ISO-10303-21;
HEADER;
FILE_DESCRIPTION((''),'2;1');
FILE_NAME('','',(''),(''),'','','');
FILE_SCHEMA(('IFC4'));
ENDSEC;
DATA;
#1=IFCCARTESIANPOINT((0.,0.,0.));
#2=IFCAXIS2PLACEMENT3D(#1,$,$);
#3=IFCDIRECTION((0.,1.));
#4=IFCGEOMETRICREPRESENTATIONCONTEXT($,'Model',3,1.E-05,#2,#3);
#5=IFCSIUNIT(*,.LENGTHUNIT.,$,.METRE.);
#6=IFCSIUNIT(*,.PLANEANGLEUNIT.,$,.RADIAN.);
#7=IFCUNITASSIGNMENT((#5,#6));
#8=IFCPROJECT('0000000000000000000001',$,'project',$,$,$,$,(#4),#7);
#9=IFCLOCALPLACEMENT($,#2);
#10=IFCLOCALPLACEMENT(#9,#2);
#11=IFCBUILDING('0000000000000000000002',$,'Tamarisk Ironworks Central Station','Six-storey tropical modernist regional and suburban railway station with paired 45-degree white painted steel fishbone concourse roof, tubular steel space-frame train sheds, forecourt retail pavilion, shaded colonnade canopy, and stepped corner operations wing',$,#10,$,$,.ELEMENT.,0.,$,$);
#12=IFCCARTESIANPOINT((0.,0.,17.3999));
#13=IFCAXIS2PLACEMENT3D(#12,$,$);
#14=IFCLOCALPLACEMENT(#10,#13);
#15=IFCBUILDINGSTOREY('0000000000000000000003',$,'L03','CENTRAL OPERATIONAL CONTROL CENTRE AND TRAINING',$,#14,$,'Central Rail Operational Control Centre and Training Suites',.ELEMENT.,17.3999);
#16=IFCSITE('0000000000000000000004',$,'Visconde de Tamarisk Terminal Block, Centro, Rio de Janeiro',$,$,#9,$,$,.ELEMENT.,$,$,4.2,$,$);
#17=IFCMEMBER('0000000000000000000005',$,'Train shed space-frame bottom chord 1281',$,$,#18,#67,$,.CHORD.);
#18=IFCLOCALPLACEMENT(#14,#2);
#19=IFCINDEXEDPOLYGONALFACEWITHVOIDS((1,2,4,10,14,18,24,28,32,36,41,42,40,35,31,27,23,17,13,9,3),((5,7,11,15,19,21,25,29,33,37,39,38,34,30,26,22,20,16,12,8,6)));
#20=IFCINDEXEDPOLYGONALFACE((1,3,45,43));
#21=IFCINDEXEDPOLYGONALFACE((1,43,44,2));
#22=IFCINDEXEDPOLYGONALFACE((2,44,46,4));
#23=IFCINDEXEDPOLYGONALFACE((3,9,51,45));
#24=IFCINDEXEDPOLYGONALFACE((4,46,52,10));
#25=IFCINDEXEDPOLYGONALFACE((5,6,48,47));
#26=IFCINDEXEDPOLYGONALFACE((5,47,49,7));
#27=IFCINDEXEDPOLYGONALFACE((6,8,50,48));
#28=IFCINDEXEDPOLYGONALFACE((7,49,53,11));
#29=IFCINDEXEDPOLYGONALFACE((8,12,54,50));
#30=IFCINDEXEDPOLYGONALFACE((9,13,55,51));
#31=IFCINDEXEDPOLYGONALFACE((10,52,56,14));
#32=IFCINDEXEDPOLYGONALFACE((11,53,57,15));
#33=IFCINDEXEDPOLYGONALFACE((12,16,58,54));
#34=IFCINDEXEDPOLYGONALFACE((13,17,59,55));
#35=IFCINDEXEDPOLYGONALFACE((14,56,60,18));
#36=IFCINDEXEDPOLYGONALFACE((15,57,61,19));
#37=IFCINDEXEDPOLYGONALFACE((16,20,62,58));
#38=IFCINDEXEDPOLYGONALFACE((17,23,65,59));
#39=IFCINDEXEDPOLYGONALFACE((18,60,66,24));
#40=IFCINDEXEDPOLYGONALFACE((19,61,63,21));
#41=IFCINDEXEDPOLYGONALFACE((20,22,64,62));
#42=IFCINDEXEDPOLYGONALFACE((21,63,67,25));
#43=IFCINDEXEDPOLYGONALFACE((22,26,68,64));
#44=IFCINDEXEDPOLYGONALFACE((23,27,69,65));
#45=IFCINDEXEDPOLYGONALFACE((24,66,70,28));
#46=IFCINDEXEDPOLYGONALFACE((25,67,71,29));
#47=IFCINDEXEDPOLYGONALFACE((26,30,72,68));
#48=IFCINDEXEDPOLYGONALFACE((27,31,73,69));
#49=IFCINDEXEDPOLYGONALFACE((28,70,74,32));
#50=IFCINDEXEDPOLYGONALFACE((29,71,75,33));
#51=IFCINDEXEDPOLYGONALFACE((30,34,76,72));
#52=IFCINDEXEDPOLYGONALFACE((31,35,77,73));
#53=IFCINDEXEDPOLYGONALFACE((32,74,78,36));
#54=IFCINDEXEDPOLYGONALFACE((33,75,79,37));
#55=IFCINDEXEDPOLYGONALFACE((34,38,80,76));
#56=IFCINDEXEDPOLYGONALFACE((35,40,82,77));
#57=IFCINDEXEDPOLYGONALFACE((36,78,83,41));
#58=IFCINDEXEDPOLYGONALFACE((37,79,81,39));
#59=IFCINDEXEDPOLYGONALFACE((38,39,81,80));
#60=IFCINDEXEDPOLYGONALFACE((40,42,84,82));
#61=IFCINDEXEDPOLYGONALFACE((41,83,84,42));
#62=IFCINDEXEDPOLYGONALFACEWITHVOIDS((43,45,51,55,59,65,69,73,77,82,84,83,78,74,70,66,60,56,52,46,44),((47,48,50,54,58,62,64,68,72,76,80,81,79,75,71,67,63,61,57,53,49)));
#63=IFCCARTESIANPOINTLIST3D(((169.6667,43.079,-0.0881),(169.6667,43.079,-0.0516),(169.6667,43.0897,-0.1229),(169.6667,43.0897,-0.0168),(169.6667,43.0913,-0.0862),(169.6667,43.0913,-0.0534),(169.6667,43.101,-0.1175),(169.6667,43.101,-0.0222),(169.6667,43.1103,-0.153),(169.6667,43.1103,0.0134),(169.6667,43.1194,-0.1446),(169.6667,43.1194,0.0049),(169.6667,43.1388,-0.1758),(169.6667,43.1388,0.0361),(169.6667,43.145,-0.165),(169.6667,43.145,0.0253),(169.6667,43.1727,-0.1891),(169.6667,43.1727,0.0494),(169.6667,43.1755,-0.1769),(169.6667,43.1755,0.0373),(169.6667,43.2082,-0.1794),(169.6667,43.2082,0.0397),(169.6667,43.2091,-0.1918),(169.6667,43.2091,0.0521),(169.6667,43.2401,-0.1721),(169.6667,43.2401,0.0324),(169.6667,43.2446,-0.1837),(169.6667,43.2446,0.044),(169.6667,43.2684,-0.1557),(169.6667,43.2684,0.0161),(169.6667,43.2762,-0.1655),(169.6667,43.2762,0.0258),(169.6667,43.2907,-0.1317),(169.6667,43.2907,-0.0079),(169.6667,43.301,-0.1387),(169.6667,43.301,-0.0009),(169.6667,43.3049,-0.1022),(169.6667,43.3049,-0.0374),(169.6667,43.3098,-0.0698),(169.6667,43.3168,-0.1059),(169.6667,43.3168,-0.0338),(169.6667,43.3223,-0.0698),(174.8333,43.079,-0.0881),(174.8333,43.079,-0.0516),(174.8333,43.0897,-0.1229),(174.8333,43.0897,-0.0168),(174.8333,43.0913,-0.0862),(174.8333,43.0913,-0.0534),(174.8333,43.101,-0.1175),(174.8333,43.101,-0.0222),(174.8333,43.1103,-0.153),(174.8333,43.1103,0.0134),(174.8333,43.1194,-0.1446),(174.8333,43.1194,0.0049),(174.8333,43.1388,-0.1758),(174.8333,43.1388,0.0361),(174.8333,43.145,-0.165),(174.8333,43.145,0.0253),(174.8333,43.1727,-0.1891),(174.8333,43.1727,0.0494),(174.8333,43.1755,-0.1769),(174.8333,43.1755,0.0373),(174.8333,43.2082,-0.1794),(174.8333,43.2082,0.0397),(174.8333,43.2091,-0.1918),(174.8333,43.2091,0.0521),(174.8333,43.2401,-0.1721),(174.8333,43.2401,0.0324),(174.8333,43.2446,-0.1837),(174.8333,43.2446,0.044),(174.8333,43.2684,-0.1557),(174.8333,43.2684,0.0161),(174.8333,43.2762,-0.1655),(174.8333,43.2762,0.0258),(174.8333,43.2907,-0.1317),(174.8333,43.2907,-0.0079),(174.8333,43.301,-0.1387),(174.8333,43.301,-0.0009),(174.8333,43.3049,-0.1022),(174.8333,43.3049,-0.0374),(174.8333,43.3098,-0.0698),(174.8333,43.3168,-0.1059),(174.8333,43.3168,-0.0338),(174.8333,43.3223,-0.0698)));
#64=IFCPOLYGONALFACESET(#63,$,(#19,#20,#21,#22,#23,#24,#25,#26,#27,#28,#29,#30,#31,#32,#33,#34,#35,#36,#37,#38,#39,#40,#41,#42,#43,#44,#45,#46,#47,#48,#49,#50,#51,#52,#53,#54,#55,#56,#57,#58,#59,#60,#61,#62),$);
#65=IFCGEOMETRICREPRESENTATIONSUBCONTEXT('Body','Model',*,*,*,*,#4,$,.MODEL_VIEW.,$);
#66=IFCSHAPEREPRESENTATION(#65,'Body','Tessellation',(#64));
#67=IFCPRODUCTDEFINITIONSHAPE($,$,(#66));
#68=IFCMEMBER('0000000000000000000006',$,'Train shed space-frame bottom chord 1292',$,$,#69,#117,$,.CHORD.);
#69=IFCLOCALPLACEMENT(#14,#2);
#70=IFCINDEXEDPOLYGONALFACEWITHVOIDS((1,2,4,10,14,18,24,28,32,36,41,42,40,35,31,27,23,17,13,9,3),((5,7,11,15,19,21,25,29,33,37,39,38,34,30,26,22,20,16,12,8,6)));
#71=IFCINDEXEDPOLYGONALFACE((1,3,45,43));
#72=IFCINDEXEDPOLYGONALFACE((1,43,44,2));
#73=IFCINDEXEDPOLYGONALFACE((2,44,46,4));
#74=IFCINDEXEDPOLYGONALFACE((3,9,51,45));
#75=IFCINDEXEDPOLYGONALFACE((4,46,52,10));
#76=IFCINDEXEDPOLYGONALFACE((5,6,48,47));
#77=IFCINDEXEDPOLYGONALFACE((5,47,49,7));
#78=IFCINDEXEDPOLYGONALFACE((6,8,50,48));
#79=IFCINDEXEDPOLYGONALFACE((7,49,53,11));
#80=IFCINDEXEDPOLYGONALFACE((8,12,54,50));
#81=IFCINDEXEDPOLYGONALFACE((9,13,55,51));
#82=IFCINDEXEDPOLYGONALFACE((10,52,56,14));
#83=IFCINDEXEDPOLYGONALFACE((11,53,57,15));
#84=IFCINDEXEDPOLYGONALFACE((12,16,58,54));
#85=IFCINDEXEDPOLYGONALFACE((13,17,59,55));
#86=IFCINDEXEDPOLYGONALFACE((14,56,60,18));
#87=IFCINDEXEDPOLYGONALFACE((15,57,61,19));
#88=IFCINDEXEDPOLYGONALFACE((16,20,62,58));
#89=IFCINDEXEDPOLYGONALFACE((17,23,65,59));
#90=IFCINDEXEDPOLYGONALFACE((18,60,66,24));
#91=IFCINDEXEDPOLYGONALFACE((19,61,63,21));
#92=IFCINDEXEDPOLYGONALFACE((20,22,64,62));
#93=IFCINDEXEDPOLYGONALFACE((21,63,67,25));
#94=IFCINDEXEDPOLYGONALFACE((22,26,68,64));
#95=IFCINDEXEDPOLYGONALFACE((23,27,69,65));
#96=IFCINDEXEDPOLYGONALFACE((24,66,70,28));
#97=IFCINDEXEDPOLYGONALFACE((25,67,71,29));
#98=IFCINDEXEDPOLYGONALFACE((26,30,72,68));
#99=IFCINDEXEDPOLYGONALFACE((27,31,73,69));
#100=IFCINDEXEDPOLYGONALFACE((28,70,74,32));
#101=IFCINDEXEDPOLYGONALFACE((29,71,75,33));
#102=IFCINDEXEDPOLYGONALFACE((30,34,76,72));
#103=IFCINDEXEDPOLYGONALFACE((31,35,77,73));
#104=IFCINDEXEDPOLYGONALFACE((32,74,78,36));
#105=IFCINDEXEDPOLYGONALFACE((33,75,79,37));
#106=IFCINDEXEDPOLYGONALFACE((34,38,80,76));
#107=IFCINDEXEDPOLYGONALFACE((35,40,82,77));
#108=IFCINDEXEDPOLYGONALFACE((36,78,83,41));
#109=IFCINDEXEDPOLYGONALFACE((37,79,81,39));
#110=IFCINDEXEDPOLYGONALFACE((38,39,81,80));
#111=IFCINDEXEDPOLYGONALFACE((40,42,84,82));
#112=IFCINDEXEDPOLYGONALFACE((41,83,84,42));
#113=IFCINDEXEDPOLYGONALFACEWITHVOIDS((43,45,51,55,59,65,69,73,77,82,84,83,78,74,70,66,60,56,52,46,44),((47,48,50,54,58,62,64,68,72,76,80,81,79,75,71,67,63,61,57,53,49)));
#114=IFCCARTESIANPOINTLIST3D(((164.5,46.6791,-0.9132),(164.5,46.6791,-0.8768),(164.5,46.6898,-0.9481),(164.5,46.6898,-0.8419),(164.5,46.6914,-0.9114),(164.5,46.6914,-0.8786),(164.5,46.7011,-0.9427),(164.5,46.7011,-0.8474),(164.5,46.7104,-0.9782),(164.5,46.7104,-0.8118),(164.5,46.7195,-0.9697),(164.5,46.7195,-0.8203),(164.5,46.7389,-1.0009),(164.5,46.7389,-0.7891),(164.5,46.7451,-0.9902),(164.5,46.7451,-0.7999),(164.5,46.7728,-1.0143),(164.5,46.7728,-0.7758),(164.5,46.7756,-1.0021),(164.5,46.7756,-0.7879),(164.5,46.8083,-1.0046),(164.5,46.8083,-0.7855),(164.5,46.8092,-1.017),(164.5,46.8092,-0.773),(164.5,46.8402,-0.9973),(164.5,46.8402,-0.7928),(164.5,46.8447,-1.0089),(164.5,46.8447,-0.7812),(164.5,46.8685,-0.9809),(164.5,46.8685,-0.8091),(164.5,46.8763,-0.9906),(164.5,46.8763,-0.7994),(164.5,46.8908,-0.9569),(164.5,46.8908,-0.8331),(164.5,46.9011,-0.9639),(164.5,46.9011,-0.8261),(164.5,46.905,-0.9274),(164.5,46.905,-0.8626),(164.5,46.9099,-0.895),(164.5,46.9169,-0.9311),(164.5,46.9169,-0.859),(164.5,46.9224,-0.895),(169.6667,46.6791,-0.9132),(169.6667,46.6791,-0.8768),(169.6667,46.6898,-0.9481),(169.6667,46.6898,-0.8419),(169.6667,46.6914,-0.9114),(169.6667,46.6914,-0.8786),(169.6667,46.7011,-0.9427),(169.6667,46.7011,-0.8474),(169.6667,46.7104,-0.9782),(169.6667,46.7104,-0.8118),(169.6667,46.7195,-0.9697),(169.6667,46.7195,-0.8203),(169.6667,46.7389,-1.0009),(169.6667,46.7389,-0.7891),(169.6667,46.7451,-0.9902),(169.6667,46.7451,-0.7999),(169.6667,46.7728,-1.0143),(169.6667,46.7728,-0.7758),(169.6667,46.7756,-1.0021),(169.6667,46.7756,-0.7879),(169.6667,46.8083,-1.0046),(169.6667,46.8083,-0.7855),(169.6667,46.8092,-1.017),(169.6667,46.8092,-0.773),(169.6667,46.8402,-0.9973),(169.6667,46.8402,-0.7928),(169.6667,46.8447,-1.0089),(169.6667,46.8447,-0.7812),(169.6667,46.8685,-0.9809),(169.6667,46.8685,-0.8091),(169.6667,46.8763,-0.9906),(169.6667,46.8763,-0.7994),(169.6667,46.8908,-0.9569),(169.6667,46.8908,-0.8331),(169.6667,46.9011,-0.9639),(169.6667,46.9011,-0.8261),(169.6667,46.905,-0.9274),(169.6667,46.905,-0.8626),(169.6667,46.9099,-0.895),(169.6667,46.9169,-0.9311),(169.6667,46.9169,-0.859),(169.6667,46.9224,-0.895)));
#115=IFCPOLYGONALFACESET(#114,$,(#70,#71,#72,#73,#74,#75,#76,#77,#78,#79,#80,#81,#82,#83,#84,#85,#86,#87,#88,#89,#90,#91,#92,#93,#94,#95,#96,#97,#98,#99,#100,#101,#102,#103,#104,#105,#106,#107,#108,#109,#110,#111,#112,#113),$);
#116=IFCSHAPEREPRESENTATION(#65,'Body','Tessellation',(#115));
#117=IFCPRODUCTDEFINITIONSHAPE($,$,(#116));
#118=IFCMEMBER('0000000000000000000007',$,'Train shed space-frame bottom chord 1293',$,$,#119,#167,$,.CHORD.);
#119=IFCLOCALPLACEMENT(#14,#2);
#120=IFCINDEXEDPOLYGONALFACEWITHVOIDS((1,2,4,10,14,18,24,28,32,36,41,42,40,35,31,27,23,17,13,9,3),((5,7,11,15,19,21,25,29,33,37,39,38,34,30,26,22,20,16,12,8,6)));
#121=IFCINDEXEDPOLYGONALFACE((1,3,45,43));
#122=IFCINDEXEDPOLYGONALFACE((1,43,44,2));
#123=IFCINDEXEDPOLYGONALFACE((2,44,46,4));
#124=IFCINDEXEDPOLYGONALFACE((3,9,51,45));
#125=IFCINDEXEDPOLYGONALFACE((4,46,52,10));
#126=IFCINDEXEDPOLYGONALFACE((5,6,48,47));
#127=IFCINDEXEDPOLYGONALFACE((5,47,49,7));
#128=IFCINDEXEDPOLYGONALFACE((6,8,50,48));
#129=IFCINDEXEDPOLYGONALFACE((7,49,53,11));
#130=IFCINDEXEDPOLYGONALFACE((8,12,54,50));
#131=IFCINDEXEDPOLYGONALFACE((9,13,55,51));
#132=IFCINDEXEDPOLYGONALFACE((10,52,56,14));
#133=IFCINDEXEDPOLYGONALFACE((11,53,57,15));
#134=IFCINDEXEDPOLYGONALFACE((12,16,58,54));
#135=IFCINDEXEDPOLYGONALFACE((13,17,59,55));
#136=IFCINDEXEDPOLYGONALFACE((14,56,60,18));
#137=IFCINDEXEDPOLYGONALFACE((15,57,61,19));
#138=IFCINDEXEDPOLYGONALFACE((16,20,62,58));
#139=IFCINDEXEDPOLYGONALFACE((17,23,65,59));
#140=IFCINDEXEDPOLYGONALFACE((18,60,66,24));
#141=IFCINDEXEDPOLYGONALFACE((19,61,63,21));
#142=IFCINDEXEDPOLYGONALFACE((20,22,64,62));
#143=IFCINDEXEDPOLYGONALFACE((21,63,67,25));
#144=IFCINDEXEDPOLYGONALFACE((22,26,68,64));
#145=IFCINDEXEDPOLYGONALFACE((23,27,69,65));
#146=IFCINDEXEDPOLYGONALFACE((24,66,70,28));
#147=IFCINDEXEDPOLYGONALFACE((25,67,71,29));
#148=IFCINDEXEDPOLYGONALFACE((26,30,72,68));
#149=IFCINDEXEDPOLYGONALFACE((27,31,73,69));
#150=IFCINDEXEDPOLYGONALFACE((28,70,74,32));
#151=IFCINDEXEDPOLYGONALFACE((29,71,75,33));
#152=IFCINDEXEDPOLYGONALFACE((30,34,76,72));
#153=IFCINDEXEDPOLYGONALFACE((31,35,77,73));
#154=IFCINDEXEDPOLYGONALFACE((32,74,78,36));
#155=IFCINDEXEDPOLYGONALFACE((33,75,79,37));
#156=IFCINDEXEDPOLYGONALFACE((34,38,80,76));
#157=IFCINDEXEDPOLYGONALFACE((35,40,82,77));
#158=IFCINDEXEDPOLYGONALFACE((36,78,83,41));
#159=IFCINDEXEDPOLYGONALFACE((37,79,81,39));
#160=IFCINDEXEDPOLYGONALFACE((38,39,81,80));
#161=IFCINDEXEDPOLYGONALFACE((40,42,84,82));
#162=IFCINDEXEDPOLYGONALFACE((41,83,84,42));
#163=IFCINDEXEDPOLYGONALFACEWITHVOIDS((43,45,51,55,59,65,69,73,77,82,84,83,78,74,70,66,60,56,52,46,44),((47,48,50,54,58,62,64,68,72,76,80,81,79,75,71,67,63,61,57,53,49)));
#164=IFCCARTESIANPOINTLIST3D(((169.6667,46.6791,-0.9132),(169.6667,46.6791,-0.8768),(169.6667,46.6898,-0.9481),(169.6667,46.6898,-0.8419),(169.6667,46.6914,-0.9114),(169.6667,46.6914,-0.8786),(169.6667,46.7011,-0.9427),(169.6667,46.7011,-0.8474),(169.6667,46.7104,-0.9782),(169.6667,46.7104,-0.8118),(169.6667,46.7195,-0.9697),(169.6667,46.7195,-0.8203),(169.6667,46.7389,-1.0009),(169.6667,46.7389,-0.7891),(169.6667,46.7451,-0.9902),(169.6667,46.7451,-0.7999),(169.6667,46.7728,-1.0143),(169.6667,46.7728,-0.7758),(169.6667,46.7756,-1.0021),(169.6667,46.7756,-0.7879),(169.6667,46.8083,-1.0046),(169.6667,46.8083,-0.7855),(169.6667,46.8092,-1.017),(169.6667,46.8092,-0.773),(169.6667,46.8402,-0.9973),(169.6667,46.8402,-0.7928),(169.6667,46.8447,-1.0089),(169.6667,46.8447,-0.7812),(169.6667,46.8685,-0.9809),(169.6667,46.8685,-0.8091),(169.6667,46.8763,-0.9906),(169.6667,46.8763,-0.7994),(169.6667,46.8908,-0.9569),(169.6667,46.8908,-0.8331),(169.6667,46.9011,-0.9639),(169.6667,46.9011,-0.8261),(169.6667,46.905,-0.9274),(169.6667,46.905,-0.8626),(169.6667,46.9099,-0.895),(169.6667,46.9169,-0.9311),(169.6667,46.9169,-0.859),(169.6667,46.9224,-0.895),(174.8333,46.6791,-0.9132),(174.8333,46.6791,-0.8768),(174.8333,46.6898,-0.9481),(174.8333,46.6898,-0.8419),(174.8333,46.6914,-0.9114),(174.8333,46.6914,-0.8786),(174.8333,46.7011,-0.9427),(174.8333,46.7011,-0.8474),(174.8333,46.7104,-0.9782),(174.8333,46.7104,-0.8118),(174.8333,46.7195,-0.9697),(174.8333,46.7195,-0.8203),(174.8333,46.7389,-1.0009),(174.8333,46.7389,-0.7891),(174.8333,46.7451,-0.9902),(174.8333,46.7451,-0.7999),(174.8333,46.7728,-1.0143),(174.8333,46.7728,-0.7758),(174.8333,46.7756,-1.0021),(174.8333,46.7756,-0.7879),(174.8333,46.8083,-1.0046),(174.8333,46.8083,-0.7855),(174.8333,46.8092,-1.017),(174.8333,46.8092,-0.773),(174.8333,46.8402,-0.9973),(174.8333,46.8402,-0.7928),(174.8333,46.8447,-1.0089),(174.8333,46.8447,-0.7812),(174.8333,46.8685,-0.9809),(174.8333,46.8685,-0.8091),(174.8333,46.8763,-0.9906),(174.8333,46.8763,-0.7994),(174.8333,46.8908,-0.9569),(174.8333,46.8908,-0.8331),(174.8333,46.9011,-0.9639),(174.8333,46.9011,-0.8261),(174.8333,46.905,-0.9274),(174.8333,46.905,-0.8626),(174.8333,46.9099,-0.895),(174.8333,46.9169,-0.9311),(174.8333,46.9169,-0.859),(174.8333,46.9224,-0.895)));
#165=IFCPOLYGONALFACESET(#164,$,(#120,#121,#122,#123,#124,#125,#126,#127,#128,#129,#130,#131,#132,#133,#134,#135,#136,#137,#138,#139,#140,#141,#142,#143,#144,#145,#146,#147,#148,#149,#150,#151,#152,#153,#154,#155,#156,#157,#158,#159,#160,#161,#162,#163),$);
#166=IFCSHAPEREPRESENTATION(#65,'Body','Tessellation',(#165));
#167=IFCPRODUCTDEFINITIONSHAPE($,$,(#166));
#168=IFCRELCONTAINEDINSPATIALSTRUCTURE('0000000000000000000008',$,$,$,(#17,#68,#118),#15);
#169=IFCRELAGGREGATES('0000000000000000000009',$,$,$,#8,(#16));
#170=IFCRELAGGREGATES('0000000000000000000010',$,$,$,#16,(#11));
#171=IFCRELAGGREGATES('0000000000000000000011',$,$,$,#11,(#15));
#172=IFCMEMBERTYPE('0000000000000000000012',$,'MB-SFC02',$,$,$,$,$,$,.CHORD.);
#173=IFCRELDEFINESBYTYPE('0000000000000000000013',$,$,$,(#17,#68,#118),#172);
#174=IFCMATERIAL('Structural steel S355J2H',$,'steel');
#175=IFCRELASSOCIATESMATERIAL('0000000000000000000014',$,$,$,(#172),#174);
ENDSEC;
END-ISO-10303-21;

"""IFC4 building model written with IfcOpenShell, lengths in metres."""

from ifc_helpers import new_model, si_unit, direction, frame, origin, origin_2d, place, context, subcontext, project, spatial, hollow_circle, extrude, material, material_profile, profile_set, type_object, element, save


model = new_model("IFC4")

# Units and contexts
model_context = context("Model", 3, precision=1e-05, world=origin(), true_north=direction((0.0, 1.0)))
body_context = subcontext(model_context, "Body", "Model", "MODEL_VIEW")
ifc_project = project(units=[si_unit("LENGTHUNIT", "METRE"), si_unit("PLANEANGLEUNIT", "RADIAN")], contexts=[model_context])

# Site, building, storey
site_placement = place(None, origin())
site = spatial("IfcSite", under=ifc_project, at=site_placement, Name="Visconde de Tamarisk Terminal Block, Centro, Rio de Janeiro", CompositionType="ELEMENT", RefElevation=4.2)
building_placement = place(site_placement, origin())
building = spatial("IfcBuilding", under=site, at=building_placement, Name="Tamarisk Ironworks Central Station", Description="Six-storey tropical modernist regional and suburban railway station with paired 45-degree white painted steel fishbone concourse roof, tubular steel space-frame train sheds, forecourt retail pavilion, shaded colonnade canopy, and stepped corner operations wing", CompositionType="ELEMENT", ElevationOfRefHeight=0.0)
storey_placement = place(building_placement, frame((0.0, 0.0, 17.3999)))
storey = spatial("IfcBuildingStorey", under=building, at=storey_placement, Name="L03", Description="CENTRAL OPERATIONAL CONTROL CENTRE AND TRAINING", LongName="Central Rail Operational Control Centre and Training Suites", CompositionType="ELEMENT", Elevation=17.3999)

# Members
ifc_material = material(Name="Structural steel S355J2H", Category="steel")
ifc_material_profile_1 = material_profile(ifc_material, hollow_circle(Radius=0.1223, WallThickness=0.0125, at=origin_2d()), Name="CHS 244.5x12.5")
ifc_profile_set_1 = profile_set([ifc_material_profile_1], Name="Structural steel S355J2H")
member_type_1 = type_object("IfcMemberType", Name="MB-SFC02", PredefinedType="CHORD", material=ifc_profile_set_1)
member_1_placement = place(storey_placement, frame((169.6667, 43.2, -0.0698), z_axis=(1.0, 0.0, 0.0), x_axis=(0.0, 1.0, 0.0)))
element("IfcMember", 1, at=member_1_placement, inside=storey, type_object=member_type_1, Name="Train shed space-frame bottom chord 1281", PredefinedType="CHORD", context=body_context, shape_type="SweptSolid", body=[
    extrude(hollow_circle(Radius=0.1223, WallThickness=0.0125, at=origin_2d()), origin(), (0.0, 0.0, 1.0), 5.1665),
])
member_2_placement = place(storey_placement, frame((164.5, 46.8, -0.895), z_axis=(1.0, 0.0, 0.0), x_axis=(0.0, 1.0, 0.0)))
element("IfcMember", 2, at=member_2_placement, inside=storey, type_object=member_type_1, Name="Train shed space-frame bottom chord 1292", PredefinedType="CHORD", context=body_context, shape_type="SweptSolid", body=[
    extrude(hollow_circle(Radius=0.1223, WallThickness=0.0125, at=origin_2d()), origin(), (0.0, 0.0, 1.0), 5.1667),
])
member_3_placement = place(storey_placement, frame((169.6667, 46.8, -0.895), z_axis=(1.0, 0.0, 0.0), x_axis=(0.0, 1.0, 0.0)))
element("IfcMember", 3, at=member_3_placement, inside=storey, type_object=member_type_1, Name="Train shed space-frame bottom chord 1293", PredefinedType="CHORD", context=body_context, shape_type="SweptSolid", body=[
    extrude(hollow_circle(Radius=0.1223, WallThickness=0.0125, at=origin_2d()), origin(), (0.0, 0.0, 1.0), 5.1665),
])

save(model, "model.ifc")
